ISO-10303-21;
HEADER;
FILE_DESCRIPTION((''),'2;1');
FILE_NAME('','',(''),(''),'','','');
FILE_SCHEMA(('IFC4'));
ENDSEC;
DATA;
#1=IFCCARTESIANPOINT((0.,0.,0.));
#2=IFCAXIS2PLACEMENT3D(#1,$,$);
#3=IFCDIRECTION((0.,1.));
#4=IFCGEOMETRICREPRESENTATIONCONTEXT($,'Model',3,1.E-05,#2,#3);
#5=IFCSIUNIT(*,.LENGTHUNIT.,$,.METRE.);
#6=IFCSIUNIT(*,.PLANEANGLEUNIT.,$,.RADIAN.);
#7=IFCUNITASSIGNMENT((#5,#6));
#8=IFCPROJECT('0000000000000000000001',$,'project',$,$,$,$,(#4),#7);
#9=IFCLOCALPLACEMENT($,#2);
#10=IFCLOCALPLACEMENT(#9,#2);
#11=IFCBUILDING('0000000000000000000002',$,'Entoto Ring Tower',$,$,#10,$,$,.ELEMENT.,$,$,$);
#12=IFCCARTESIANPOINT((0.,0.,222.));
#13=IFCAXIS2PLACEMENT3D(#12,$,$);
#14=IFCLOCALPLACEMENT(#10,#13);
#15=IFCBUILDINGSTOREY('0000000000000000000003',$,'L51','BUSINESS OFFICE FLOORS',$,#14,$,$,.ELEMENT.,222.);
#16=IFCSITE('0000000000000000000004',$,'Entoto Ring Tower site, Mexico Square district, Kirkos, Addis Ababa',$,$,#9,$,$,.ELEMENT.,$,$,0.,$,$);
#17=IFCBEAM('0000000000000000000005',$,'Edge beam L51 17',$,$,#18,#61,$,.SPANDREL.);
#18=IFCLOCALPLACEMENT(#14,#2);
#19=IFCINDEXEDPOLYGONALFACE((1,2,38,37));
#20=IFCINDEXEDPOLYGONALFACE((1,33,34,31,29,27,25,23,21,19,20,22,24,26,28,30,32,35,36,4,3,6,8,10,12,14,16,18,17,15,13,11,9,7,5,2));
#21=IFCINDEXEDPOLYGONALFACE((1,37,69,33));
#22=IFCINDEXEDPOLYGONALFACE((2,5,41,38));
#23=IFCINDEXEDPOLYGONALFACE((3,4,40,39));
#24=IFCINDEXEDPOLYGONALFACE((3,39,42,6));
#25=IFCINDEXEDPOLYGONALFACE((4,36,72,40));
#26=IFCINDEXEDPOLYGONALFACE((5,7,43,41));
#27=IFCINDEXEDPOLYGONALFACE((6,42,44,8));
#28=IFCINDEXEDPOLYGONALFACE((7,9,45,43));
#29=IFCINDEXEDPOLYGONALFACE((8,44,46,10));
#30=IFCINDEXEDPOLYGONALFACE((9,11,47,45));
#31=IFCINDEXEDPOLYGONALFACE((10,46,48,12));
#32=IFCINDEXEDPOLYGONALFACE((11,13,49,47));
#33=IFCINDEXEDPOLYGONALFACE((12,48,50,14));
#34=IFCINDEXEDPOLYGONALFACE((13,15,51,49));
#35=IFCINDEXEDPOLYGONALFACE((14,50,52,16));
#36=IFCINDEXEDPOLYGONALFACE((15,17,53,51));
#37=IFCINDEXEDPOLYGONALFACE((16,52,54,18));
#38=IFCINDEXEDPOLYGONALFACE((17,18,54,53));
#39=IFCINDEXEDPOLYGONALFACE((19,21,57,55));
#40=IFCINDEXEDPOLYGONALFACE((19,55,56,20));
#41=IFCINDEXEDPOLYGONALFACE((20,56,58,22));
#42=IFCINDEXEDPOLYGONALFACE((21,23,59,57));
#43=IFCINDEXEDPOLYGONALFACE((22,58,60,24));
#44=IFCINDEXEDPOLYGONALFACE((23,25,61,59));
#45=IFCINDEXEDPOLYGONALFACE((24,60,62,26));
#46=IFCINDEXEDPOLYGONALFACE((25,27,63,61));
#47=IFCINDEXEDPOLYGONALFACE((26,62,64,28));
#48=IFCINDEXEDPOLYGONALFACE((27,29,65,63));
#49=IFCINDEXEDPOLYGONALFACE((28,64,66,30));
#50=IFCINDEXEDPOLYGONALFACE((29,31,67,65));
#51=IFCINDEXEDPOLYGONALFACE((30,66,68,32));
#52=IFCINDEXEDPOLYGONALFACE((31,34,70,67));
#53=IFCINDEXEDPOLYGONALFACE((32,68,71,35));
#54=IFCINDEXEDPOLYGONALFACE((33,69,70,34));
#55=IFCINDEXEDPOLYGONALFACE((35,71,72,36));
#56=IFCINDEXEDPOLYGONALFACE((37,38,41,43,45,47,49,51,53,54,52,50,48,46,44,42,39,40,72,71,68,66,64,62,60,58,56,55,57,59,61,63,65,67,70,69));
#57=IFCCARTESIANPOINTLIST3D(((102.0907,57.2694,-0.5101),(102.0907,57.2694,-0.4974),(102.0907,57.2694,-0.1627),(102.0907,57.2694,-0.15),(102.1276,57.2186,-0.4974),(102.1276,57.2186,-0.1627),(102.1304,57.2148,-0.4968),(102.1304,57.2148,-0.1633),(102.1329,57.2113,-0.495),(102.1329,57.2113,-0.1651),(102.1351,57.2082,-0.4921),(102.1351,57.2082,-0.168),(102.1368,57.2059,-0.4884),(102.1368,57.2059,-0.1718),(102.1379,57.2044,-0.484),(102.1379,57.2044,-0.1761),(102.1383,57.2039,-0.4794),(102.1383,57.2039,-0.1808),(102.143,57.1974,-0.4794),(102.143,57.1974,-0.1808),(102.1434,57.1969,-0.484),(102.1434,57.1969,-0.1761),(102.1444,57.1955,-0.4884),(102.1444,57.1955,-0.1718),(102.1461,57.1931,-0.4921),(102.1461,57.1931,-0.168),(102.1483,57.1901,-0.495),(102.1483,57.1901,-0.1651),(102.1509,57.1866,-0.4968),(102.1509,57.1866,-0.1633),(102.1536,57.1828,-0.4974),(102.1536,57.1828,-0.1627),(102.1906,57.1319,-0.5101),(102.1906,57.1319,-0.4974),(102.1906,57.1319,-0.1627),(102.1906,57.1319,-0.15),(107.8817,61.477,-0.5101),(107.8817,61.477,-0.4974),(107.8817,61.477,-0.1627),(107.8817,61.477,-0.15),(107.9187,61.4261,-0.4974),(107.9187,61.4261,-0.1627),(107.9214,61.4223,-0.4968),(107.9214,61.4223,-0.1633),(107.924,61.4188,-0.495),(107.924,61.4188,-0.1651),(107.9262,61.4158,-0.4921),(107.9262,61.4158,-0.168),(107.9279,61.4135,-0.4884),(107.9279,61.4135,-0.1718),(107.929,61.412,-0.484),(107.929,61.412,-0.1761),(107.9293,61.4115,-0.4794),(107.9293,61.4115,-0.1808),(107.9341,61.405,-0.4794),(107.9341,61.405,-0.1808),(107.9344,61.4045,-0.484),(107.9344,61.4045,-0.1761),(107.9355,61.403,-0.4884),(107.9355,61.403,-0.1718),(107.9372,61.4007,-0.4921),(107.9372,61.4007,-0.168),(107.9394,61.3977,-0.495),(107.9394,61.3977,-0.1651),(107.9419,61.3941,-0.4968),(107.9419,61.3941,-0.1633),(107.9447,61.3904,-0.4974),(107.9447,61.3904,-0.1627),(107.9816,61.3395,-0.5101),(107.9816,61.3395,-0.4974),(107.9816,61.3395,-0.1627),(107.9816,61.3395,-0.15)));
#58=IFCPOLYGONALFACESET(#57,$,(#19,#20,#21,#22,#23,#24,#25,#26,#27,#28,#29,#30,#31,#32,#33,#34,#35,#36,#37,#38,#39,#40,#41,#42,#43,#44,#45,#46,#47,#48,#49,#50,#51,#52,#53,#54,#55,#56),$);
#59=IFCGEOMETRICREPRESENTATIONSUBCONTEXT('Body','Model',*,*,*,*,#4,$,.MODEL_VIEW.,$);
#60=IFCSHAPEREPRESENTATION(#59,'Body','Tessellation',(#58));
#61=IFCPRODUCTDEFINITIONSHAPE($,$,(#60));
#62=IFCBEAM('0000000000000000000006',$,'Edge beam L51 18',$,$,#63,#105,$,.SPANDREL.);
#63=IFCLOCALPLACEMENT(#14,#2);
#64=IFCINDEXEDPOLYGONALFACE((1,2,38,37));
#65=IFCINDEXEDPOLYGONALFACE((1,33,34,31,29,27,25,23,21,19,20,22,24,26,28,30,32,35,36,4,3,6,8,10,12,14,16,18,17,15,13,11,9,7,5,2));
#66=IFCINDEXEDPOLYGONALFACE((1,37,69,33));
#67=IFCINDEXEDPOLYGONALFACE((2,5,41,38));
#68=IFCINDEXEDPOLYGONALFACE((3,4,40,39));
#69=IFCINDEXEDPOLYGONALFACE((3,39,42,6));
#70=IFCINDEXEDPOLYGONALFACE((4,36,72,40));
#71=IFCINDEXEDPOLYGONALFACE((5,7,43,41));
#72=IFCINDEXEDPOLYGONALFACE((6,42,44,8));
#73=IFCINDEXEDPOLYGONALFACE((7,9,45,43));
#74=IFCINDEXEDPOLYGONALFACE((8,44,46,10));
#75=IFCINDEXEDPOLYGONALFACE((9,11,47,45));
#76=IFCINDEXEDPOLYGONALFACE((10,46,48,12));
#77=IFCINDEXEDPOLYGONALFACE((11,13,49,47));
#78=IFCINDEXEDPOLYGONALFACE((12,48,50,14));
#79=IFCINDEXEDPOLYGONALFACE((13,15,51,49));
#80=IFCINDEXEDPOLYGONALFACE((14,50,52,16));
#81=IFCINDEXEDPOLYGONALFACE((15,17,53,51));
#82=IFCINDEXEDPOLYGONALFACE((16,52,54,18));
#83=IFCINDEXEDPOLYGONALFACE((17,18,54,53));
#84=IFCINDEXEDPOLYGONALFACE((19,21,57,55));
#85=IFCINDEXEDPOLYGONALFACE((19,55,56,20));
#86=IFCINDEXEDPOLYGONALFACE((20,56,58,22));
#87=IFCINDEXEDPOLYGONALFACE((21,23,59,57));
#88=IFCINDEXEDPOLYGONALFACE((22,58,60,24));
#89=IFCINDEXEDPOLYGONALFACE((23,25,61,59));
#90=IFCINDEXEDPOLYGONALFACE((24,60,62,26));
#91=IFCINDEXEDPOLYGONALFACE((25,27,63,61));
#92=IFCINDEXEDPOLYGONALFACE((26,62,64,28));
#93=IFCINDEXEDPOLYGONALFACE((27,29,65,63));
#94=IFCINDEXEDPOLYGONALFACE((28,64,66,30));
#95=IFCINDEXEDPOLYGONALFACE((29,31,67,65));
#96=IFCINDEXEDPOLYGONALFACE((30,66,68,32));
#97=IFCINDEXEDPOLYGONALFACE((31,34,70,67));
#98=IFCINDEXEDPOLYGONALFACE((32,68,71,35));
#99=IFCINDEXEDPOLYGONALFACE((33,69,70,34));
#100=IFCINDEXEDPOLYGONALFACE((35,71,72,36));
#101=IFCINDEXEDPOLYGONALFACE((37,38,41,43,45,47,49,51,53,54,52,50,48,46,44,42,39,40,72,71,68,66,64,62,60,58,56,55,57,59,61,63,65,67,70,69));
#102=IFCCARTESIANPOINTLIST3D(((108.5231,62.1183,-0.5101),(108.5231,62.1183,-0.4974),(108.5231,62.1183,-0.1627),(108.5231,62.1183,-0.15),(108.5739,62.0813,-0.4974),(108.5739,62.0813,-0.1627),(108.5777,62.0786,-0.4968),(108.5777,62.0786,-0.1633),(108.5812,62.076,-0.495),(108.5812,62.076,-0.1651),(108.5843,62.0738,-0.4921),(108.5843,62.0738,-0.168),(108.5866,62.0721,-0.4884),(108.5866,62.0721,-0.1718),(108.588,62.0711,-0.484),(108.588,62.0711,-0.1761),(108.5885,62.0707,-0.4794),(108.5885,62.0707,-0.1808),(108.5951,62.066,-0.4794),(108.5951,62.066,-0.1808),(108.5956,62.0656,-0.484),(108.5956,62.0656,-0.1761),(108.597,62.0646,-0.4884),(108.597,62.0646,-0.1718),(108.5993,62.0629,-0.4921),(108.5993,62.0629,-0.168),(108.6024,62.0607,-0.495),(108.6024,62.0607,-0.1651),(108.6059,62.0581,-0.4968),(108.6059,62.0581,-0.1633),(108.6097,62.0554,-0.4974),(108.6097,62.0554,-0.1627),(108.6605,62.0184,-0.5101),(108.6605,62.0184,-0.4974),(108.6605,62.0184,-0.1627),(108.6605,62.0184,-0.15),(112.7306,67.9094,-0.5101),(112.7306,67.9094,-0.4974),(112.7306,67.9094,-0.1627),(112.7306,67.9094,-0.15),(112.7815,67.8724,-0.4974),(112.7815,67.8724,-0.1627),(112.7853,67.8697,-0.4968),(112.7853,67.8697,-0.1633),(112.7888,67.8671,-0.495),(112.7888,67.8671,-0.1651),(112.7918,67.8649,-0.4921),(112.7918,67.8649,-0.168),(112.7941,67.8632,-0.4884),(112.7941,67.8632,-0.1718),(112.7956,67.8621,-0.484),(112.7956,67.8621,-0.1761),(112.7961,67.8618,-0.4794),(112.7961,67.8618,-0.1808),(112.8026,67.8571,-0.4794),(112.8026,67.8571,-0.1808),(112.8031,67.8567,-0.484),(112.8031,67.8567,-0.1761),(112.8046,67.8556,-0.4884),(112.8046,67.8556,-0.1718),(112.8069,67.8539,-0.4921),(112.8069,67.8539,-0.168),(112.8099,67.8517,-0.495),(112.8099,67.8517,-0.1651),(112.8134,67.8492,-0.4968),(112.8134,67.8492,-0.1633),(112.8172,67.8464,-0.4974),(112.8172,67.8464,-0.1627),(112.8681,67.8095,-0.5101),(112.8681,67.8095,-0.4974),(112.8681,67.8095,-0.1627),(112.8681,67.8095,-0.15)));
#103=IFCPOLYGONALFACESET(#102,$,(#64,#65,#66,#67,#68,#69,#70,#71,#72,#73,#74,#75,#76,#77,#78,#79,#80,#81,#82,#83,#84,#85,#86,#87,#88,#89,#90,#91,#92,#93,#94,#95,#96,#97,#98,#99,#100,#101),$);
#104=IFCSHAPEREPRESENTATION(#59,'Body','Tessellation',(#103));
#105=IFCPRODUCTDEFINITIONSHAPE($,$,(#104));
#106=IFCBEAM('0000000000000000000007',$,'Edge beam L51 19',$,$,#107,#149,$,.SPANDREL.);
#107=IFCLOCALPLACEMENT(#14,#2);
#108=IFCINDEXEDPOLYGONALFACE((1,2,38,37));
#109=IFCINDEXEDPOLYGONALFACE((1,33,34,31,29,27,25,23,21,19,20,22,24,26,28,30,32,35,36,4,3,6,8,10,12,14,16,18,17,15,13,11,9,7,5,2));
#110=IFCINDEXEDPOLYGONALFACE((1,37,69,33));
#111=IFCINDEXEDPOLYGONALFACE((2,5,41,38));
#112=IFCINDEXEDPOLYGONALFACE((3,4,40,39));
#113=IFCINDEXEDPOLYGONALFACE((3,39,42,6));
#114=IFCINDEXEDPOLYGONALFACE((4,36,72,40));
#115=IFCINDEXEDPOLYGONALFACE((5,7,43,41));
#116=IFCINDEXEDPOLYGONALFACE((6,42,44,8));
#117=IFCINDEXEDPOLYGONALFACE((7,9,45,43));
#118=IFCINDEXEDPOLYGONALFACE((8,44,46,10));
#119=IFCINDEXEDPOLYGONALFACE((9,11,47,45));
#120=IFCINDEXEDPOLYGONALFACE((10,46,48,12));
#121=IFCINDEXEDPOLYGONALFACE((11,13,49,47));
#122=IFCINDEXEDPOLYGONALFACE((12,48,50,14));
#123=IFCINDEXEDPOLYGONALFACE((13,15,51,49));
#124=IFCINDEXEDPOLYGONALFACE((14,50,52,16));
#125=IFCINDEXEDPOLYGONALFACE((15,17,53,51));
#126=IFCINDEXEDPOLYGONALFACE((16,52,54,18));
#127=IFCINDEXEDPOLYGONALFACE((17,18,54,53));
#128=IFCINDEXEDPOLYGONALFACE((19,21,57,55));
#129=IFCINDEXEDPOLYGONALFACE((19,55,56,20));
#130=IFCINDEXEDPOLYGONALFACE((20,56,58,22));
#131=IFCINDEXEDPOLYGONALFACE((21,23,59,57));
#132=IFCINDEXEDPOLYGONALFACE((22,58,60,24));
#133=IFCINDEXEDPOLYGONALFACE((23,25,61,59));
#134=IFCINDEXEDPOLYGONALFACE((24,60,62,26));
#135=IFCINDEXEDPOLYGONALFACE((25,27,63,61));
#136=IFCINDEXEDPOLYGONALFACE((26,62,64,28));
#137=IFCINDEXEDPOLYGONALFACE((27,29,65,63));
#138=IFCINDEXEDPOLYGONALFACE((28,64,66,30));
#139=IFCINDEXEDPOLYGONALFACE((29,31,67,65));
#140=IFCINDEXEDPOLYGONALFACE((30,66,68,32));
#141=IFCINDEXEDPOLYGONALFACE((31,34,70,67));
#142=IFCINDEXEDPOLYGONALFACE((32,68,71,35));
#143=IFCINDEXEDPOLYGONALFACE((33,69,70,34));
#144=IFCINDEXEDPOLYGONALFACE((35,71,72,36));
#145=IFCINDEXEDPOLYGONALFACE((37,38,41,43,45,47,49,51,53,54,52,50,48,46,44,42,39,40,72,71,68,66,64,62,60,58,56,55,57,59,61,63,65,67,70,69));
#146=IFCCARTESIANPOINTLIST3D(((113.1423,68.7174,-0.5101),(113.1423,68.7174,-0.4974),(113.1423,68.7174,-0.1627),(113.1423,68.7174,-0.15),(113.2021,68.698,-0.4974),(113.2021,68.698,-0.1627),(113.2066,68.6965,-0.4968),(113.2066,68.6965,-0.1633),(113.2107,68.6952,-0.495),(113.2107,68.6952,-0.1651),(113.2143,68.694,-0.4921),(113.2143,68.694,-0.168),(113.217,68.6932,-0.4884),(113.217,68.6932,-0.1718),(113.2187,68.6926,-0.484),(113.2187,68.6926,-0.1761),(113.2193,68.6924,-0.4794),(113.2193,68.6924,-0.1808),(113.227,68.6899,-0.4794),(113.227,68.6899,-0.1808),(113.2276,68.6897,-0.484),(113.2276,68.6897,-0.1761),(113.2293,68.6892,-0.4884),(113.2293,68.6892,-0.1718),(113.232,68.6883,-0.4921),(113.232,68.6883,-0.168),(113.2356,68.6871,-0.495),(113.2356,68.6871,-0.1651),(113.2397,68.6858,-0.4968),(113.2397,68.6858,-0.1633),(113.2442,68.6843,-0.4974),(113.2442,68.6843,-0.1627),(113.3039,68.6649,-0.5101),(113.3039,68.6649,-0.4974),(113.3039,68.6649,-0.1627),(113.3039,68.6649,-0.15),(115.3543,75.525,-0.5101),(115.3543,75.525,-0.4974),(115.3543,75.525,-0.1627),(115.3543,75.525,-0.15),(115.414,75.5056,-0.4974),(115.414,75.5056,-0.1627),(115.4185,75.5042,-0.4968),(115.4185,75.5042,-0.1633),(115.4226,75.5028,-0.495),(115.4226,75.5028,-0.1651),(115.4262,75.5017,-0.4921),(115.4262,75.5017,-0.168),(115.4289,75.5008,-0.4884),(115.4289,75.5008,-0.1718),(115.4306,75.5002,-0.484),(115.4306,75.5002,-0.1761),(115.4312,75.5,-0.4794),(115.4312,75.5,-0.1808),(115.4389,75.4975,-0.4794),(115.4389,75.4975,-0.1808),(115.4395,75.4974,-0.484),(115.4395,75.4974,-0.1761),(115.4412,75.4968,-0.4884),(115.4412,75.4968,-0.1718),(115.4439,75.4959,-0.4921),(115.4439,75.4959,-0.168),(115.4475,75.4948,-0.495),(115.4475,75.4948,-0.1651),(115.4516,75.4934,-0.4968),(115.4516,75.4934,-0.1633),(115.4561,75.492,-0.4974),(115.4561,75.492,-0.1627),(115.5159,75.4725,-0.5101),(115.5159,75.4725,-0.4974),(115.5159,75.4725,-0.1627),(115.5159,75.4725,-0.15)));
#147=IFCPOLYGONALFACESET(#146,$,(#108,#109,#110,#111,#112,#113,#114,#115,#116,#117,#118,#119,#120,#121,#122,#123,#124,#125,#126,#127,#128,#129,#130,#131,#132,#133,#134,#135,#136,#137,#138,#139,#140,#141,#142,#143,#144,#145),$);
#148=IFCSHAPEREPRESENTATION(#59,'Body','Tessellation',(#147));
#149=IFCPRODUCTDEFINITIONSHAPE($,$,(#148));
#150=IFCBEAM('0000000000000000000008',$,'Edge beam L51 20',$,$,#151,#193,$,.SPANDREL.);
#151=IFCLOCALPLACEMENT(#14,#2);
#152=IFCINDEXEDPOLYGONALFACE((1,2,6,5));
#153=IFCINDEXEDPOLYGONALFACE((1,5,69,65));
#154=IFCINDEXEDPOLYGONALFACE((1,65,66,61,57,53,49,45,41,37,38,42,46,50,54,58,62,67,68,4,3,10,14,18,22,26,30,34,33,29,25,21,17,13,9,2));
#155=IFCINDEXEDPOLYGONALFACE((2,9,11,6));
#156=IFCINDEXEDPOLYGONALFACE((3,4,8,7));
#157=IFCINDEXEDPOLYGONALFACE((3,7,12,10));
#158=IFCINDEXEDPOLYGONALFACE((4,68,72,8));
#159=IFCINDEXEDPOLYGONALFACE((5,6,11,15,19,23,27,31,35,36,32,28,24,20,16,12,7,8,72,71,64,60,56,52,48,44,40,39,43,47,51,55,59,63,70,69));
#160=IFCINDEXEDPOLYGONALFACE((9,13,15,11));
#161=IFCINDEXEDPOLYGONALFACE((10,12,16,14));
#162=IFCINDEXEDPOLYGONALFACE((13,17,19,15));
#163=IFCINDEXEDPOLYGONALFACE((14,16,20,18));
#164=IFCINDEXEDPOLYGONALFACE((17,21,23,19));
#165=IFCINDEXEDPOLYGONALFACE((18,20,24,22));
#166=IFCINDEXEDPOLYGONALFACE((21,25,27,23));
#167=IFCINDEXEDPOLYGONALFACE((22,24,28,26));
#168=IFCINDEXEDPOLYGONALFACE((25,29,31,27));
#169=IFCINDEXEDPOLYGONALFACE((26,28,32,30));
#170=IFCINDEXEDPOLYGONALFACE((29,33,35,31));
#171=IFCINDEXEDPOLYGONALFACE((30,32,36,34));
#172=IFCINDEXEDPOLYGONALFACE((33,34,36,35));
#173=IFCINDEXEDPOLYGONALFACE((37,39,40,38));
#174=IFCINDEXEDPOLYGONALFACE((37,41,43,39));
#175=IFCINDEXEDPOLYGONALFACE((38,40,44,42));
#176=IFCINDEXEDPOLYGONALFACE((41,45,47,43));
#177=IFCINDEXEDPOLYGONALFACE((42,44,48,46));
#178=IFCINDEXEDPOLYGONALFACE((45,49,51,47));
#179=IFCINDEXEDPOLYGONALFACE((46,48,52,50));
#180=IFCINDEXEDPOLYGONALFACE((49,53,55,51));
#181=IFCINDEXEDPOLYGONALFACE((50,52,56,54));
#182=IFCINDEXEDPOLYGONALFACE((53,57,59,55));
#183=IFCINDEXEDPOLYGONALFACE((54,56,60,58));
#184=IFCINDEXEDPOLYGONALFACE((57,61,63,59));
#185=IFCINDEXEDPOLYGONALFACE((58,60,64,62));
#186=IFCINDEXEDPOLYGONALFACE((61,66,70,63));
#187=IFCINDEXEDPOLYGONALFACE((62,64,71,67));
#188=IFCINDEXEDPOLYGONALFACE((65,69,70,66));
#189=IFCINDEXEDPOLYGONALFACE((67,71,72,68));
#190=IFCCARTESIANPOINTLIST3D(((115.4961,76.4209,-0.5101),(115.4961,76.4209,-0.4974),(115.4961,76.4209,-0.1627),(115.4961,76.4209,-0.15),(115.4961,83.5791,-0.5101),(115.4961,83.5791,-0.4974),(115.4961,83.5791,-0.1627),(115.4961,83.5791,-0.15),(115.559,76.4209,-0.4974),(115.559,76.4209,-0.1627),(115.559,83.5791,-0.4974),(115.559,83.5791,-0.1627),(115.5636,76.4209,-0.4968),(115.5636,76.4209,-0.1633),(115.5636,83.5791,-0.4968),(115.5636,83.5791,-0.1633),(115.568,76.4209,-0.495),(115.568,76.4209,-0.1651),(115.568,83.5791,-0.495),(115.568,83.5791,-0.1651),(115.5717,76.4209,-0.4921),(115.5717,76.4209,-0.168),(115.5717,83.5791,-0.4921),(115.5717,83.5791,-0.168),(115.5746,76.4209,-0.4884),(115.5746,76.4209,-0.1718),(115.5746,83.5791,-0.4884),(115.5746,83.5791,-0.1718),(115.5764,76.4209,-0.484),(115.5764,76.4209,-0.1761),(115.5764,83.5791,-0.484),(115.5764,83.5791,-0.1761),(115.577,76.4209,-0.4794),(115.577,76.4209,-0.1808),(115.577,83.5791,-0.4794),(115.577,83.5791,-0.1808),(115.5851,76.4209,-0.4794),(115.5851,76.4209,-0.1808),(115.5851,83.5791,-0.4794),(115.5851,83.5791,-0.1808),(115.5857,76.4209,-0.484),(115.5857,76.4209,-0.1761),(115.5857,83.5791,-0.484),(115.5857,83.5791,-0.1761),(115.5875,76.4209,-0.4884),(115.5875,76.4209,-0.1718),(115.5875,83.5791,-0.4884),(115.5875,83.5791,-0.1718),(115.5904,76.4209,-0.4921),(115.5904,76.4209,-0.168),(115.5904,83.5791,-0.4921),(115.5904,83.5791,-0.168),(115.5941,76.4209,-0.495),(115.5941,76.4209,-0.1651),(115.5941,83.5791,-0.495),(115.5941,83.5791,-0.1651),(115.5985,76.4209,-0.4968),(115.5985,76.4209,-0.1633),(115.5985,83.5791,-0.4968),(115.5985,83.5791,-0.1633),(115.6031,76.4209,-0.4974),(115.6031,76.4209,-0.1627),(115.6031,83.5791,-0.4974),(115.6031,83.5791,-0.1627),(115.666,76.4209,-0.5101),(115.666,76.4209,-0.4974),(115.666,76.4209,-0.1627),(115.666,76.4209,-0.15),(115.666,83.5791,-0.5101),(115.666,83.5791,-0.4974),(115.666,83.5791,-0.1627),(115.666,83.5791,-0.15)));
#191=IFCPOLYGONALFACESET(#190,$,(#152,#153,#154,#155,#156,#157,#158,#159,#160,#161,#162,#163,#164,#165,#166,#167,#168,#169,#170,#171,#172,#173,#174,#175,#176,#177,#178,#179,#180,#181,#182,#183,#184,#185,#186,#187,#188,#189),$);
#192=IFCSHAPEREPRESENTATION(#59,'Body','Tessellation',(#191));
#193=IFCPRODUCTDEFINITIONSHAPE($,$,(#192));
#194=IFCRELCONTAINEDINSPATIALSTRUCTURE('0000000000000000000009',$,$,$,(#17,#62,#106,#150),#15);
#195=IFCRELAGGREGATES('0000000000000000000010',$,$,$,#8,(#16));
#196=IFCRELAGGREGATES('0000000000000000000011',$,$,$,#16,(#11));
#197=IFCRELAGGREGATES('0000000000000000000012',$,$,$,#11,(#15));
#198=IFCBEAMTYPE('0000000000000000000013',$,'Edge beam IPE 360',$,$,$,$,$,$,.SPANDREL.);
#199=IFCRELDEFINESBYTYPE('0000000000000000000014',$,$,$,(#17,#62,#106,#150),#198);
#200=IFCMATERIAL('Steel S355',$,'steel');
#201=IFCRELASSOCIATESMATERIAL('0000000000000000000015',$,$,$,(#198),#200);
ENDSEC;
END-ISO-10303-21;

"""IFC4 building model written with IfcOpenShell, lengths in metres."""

from ifc_helpers import new_model, si_unit, direction, frame, origin, origin_2d, place, context, subcontext, project, spatial, i_section, extrude, material, material_profile, profile_set, type_object, element, save


model = new_model("IFC4")

# Units and contexts
model_context = context("Model", 3, precision=1e-05, world=origin(), true_north=direction((0.0, 1.0)))
body_context = subcontext(model_context, "Body", "Model", "MODEL_VIEW")
ifc_project = project(units=[si_unit("LENGTHUNIT", "METRE"), si_unit("PLANEANGLEUNIT", "RADIAN")], contexts=[model_context])

# Site, building, storey
site_placement = place(None, origin())
site = spatial("IfcSite", under=ifc_project, at=site_placement, Name="Entoto Ring Tower site, Mexico Square district, Kirkos, Addis Ababa", CompositionType="ELEMENT", RefElevation=0.0)
building_placement = place(site_placement, origin())
building = spatial("IfcBuilding", under=site, at=building_placement, Name="Entoto Ring Tower", CompositionType="ELEMENT")
storey_placement = place(building_placement, frame((0.0, 0.0, 222.0)))
storey = spatial("IfcBuildingStorey", under=building, at=storey_placement, Name="L51", Description="BUSINESS OFFICE FLOORS", CompositionType="ELEMENT", Elevation=222.0)

# Beams
ifc_material_1 = material(Name="Steel S355", Category="steel")
ifc_material_profile_1 = material_profile(ifc_material_1, i_section(OverallWidth=0.1699, OverallDepth=0.3601, WebThickness=0.0081, FlangeThickness=0.0127, FilletRadius=0.0181, at=origin_2d()), Name="IPE 360")
ifc_profile_set_1 = profile_set([ifc_material_profile_1], Name="Steel S355")
beam_type_1 = type_object("IfcBeamType", Name="Edge beam IPE 360", PredefinedType="SPANDREL", material=ifc_profile_set_1)
for number, where, z_axis, x_axis, name in (
    (1, (102.1406, 57.2007, -0.3301), (0.80901, 0.587794, 0.0), (-0.587794, 0.80901, 0.0), "Edge beam L51 17"),
    (2, (108.5918, 62.0684, -0.3301), (0.587794, 0.80901, 0.0), (-0.80901, 0.587794, 0.0), "Edge beam L51 18"),
):
    element("IfcBeam", number, at=place(storey_placement, frame(where, z_axis=z_axis, x_axis=x_axis)), inside=storey, type_object=beam_type_1, Name=name, PredefinedType="SPANDREL", context=body_context, shape_type="SweptSolid", body=[
        extrude(i_section(OverallWidth=0.1699, OverallDepth=0.3601, WebThickness=0.0081, FlangeThickness=0.0127, FilletRadius=0.0181, at=origin_2d()), origin(), (0.0, 0.0, 1.0), 7.1582),
    ])
beam_1_placement = place(storey_placement, frame((113.2231, 68.6912, -0.3301), z_axis=(0.309015, 0.951057, 0.0), x_axis=(-0.951057, 0.309015, 0.0)))
element("IfcBeam", 3, at=beam_1_placement, inside=storey, type_object=beam_type_1, Name="Edge beam L51 19", PredefinedType="SPANDREL", context=body_context, shape_type="SweptSolid", body=[
    extrude(i_section(OverallWidth=0.1699, OverallDepth=0.3601, WebThickness=0.0081, FlangeThickness=0.0127, FilletRadius=0.0181, at=origin_2d()), origin(), (0.0, 0.0, 1.0), 7.158),
])
beam_2_placement = place(storey_placement, frame((115.5811, 76.4209, -0.3301), z_axis=(0.0, 1.0, 0.0), x_axis=(-1.0, 0.0, 0.0)))
element("IfcBeam", 4, at=beam_2_placement, inside=storey, type_object=beam_type_1, Name="Edge beam L51 20", PredefinedType="SPANDREL", context=body_context, shape_type="SweptSolid", body=[
    extrude(i_section(OverallWidth=0.1699, OverallDepth=0.3601, WebThickness=0.0081, FlangeThickness=0.0127, FilletRadius=0.0181, at=origin_2d()), origin(), (0.0, 0.0, 1.0), 7.1582),
])

save(model, "model.ifc")
